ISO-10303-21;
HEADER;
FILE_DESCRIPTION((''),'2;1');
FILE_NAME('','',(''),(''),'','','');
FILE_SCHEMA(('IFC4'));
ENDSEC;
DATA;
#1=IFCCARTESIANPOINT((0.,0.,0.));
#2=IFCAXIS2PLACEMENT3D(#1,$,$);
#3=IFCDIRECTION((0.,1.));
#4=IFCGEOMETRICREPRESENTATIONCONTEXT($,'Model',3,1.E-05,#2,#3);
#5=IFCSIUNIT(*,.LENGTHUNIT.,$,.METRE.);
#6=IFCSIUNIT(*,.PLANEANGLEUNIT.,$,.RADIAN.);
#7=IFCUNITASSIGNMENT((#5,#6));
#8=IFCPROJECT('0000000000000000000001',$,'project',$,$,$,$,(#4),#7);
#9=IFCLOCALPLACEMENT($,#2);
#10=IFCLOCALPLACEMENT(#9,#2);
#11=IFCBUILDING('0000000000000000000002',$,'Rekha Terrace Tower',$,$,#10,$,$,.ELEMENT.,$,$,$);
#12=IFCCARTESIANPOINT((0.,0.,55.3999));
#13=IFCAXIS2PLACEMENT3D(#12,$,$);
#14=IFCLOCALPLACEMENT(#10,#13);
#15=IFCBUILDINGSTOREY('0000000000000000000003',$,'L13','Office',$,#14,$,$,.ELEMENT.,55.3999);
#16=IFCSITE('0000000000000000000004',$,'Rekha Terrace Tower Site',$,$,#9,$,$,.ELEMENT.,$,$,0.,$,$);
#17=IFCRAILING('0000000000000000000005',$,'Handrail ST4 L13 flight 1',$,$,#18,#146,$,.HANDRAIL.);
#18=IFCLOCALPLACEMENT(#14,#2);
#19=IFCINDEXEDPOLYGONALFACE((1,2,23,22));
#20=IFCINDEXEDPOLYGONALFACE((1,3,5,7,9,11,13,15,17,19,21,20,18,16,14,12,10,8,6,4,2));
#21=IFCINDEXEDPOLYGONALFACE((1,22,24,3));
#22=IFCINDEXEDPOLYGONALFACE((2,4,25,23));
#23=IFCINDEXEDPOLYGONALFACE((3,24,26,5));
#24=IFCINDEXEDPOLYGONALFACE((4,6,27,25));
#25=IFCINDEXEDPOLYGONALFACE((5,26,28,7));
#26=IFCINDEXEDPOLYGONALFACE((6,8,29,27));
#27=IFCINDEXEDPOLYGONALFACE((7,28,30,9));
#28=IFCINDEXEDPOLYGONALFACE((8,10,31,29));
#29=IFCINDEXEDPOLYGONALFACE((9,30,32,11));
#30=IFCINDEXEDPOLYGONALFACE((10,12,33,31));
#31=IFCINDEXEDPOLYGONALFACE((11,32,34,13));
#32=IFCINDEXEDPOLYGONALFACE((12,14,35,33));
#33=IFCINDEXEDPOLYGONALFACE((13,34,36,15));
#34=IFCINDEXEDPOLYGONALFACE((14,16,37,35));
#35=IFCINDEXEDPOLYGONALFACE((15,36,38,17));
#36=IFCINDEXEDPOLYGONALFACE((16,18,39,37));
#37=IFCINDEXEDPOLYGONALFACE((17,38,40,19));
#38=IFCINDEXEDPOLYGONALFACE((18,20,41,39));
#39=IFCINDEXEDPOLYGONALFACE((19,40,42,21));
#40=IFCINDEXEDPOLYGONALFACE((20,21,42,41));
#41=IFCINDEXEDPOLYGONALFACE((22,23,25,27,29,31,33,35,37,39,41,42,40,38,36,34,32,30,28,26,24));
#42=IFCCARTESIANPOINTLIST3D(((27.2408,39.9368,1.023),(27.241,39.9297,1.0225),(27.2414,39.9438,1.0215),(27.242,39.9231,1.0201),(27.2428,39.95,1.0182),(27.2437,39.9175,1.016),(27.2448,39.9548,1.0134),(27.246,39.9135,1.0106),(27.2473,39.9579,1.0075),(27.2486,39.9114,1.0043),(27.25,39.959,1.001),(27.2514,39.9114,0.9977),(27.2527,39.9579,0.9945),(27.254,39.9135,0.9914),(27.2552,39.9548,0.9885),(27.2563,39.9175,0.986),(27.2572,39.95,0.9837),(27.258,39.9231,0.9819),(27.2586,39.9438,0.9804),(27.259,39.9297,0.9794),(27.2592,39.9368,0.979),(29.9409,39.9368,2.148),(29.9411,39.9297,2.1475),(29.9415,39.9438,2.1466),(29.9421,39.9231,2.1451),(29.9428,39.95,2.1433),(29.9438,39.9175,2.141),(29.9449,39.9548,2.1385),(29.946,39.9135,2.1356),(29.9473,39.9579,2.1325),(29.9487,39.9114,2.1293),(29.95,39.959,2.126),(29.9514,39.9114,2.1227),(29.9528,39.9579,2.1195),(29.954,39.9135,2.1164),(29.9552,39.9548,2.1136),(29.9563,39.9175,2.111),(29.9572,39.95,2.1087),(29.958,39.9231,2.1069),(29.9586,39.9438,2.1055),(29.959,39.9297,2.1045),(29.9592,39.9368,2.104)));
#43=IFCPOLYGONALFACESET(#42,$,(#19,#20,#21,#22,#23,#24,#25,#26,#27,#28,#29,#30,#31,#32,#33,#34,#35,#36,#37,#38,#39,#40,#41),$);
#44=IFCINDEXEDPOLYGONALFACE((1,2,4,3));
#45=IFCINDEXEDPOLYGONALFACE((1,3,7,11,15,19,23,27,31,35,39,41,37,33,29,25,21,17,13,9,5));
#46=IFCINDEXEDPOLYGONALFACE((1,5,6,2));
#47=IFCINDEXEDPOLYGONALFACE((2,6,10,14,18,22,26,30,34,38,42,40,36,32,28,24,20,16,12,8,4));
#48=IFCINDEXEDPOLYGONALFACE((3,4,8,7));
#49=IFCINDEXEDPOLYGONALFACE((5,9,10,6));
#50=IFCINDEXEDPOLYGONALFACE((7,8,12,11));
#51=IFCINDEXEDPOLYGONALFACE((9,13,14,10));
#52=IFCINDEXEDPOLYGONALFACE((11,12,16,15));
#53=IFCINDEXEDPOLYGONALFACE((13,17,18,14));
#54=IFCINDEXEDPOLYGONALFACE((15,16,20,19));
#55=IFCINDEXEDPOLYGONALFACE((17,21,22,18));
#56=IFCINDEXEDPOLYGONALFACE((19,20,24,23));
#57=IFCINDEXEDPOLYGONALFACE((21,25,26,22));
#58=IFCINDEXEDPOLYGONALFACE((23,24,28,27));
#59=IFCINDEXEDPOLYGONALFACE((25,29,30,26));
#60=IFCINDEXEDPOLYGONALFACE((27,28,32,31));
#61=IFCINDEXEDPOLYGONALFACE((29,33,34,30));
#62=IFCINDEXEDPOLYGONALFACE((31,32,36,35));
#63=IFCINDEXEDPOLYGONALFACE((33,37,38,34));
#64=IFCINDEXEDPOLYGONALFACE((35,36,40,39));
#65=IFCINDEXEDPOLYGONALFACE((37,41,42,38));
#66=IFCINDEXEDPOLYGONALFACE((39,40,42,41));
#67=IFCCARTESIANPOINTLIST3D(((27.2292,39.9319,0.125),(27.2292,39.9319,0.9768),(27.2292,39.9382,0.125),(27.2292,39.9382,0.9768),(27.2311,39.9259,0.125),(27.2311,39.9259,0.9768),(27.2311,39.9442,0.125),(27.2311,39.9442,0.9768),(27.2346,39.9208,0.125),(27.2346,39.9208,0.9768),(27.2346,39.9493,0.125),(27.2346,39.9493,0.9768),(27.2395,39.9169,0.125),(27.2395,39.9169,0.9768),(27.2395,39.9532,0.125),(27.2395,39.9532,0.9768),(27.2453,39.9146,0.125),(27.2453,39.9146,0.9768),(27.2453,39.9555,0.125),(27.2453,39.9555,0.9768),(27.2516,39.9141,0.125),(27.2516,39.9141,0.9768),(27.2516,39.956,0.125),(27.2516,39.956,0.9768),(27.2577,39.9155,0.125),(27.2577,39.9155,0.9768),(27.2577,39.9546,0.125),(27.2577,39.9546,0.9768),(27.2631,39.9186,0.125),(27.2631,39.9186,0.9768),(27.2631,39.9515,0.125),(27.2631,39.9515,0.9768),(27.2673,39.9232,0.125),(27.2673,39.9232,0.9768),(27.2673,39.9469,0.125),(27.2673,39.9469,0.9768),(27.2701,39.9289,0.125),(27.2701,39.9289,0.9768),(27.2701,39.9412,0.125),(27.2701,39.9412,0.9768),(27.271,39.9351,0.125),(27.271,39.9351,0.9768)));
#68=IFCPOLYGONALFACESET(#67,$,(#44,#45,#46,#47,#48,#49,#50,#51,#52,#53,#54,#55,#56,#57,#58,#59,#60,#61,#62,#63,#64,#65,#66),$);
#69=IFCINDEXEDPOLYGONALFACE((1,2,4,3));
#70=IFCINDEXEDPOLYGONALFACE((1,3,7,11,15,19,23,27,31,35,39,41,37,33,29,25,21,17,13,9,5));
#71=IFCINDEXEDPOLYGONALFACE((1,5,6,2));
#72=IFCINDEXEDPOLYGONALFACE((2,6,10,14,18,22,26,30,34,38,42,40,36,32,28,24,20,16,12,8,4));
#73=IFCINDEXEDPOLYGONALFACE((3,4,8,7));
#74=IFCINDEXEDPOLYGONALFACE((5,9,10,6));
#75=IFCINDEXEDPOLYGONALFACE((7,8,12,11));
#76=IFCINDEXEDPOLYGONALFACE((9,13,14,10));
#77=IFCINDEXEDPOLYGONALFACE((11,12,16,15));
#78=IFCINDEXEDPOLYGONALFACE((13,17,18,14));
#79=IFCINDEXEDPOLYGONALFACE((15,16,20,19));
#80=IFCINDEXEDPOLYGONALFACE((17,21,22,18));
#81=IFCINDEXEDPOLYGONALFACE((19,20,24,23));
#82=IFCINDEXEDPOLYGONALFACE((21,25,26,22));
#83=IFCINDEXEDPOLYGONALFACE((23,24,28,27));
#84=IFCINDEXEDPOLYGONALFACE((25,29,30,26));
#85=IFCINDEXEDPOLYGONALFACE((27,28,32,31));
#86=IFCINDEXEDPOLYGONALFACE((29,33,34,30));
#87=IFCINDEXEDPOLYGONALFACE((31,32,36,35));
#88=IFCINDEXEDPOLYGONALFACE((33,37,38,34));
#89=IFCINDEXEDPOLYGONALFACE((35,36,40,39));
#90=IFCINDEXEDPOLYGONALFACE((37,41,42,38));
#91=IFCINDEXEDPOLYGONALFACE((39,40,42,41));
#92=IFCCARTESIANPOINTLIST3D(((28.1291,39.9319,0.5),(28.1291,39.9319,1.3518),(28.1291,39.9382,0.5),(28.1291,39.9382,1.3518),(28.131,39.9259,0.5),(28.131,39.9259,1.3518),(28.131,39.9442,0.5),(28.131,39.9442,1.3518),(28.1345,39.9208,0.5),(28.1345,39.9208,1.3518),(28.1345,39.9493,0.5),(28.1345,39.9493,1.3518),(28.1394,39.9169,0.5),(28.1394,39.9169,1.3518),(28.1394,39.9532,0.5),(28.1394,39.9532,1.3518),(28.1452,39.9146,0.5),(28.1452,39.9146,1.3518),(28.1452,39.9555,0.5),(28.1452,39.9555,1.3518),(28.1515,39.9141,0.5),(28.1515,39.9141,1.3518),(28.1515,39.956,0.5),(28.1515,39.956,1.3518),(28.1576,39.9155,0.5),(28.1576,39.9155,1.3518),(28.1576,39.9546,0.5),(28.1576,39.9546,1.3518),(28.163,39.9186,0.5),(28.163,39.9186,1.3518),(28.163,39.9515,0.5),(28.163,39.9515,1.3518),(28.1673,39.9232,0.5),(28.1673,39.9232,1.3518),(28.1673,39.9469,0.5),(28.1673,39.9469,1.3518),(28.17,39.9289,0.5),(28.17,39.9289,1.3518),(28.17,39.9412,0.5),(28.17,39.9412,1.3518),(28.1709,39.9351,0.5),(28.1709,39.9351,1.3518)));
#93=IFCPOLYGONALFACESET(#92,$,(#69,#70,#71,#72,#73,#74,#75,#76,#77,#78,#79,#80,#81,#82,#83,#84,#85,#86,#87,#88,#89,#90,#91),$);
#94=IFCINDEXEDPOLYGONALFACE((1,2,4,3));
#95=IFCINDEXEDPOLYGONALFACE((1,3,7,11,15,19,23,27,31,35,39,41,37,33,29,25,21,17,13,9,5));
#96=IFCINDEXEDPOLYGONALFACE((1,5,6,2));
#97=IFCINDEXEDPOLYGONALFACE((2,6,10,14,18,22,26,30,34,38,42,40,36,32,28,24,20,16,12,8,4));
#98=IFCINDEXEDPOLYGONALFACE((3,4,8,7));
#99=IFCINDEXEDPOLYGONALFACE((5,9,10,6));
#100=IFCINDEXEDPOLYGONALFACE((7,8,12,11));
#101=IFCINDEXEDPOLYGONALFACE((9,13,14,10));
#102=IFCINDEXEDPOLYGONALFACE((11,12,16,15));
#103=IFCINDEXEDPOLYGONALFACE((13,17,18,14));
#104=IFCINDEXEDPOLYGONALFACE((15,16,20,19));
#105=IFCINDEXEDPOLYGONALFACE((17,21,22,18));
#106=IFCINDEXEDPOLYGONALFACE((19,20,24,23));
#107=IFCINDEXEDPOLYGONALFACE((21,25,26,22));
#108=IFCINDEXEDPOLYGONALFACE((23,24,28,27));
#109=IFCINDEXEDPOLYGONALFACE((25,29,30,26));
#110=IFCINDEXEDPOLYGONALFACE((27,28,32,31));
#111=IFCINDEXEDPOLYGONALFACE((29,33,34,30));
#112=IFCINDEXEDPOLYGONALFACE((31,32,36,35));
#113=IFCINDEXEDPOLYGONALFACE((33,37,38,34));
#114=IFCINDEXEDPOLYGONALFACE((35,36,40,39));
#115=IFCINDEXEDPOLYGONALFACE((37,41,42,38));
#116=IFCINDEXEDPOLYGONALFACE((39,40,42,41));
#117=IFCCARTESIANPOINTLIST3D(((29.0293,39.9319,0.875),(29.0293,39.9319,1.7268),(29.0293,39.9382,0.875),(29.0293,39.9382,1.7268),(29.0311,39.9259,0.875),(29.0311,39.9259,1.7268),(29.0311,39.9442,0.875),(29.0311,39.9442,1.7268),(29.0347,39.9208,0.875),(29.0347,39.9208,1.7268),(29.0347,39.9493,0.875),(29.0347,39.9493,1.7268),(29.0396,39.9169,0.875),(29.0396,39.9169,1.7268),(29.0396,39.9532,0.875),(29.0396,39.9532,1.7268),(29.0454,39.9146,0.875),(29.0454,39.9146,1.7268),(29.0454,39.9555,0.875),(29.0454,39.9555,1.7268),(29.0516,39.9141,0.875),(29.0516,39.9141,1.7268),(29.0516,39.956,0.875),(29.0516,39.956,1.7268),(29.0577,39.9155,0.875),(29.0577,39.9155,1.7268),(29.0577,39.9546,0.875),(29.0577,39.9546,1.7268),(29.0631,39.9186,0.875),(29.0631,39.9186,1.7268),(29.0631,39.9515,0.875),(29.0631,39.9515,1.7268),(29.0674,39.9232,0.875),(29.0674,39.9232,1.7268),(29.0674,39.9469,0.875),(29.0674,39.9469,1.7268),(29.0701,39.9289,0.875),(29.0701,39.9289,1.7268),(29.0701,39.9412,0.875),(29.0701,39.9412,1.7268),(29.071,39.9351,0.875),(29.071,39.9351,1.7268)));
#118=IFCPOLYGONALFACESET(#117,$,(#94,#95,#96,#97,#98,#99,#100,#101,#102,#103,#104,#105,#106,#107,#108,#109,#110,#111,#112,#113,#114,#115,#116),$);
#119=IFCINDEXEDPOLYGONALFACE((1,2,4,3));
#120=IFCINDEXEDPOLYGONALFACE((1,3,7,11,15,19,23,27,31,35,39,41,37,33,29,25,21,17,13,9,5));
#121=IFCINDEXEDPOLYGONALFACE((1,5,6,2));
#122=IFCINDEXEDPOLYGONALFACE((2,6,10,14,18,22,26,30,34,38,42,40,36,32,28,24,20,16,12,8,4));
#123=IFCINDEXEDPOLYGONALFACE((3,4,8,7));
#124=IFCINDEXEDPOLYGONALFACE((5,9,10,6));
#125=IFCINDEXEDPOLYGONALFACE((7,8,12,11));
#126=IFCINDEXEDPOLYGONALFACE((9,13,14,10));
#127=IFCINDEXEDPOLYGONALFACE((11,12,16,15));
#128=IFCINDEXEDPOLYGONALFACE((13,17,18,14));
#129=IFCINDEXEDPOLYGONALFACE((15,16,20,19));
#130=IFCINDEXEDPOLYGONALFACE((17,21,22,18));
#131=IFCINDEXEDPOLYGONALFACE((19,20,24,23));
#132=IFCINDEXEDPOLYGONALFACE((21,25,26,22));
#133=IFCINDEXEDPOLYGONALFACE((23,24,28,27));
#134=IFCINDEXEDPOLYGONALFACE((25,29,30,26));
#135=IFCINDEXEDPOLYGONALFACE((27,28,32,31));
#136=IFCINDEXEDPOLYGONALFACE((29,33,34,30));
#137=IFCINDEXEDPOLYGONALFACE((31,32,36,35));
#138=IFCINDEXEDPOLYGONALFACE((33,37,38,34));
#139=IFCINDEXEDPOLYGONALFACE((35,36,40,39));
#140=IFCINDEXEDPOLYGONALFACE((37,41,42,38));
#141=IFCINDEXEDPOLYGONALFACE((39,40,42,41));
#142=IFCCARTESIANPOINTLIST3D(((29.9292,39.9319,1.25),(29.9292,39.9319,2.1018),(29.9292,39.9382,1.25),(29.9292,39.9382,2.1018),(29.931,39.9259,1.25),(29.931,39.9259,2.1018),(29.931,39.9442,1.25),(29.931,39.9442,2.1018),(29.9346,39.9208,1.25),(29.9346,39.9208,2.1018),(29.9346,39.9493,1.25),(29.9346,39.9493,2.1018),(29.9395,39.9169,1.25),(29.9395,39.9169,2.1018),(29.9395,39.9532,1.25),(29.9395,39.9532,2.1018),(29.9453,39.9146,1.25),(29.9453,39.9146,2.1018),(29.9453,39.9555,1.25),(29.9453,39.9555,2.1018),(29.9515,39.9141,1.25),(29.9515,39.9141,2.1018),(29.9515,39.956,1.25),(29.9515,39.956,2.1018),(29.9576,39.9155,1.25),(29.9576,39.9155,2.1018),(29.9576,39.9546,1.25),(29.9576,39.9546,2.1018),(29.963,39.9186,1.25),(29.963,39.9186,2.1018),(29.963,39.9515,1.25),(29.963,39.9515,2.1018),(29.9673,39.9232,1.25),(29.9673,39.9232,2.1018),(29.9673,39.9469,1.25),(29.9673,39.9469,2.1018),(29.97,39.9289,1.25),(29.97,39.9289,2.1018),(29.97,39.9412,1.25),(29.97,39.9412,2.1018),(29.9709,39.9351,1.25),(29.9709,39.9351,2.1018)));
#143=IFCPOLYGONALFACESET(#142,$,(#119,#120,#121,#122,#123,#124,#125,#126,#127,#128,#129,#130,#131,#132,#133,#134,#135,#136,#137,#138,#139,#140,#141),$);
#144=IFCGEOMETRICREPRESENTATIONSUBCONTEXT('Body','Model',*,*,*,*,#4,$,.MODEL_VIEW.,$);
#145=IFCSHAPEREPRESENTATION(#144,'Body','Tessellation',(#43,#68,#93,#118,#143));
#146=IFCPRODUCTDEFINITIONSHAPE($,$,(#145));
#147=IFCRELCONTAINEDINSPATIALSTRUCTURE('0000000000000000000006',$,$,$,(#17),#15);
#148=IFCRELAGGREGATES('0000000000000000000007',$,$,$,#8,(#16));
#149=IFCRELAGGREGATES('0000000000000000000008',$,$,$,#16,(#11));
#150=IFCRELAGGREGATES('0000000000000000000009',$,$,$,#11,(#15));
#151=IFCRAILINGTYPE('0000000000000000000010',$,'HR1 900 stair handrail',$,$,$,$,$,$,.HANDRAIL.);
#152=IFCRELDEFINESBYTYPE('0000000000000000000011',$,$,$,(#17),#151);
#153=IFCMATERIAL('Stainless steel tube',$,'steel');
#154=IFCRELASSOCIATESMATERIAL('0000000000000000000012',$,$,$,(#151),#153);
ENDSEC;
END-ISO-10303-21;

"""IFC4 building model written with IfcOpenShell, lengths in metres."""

from ifc_helpers import new_model, si_unit, direction, frame, origin, origin_2d, place, context, subcontext, project, spatial, circle, extrude, material, type_object, element, save


model = new_model("IFC4")

# Units and contexts
model_context = context("Model", 3, precision=1e-05, world=origin(), true_north=direction((0.0, 1.0)))
body_context = subcontext(model_context, "Body", "Model", "MODEL_VIEW")
ifc_project = project(units=[si_unit("LENGTHUNIT", "METRE"), si_unit("PLANEANGLEUNIT", "RADIAN")], contexts=[model_context])

# Site, building, storey
site_placement = place(None, origin())
site = spatial("IfcSite", under=ifc_project, at=site_placement, Name="Rekha Terrace Tower Site", CompositionType="ELEMENT", RefElevation=0.0)
building_placement = place(site_placement, origin())
building = spatial("IfcBuilding", under=site, at=building_placement, Name="Rekha Terrace Tower", CompositionType="ELEMENT")
storey_placement = place(building_placement, frame((0.0, 0.0, 55.3999)))
storey = spatial("IfcBuildingStorey", under=building, at=storey_placement, Name="L13", Description="Office", CompositionType="ELEMENT", Elevation=55.3999)

# Railing
ifc_material_1 = material(Name="Stainless steel tube", Category="steel")
railing_type_1 = type_object("IfcRailingType", Name="HR1 900 stair handrail", PredefinedType="HANDRAIL", material=ifc_material_1)
railing_1_placement = place(storey_placement, frame((27.25, 39.9351, 0.125)))
element("IfcRailing", 1, at=railing_1_placement, inside=storey, type_object=railing_type_1, Name="Handrail ST4 L13 flight 1", PredefinedType="HANDRAIL", context=body_context, shape_type="SweptSolid", body=[
    extrude(circle(Radius=0.0239, at=origin_2d()), frame((0.0, 0.0, 0.876), z_axis=(0.923074, 0.0, 0.384621), x_axis=(0.0, 1.0, 0.0)), (0.0, 0.0, 1.0), 2.925),
    extrude(circle(Radius=0.021, at=origin_2d()), origin(), (0.0, 0.0, 1.0), 0.8518),
    extrude(circle(Radius=0.021, at=origin_2d()), frame((0.8999, 0.0, 0.375)), (0.0, 0.0, 1.0), 0.8518),
    extrude(circle(Radius=0.021, at=origin_2d()), frame((1.8, 0.0, 0.75)), (0.0, 0.0, 1.0), 0.8518),
    extrude(circle(Radius=0.021, at=origin_2d()), frame((2.7, 0.0, 1.125)), (0.0, 0.0, 1.0), 0.8518),
])

save(model, "model.ifc")
